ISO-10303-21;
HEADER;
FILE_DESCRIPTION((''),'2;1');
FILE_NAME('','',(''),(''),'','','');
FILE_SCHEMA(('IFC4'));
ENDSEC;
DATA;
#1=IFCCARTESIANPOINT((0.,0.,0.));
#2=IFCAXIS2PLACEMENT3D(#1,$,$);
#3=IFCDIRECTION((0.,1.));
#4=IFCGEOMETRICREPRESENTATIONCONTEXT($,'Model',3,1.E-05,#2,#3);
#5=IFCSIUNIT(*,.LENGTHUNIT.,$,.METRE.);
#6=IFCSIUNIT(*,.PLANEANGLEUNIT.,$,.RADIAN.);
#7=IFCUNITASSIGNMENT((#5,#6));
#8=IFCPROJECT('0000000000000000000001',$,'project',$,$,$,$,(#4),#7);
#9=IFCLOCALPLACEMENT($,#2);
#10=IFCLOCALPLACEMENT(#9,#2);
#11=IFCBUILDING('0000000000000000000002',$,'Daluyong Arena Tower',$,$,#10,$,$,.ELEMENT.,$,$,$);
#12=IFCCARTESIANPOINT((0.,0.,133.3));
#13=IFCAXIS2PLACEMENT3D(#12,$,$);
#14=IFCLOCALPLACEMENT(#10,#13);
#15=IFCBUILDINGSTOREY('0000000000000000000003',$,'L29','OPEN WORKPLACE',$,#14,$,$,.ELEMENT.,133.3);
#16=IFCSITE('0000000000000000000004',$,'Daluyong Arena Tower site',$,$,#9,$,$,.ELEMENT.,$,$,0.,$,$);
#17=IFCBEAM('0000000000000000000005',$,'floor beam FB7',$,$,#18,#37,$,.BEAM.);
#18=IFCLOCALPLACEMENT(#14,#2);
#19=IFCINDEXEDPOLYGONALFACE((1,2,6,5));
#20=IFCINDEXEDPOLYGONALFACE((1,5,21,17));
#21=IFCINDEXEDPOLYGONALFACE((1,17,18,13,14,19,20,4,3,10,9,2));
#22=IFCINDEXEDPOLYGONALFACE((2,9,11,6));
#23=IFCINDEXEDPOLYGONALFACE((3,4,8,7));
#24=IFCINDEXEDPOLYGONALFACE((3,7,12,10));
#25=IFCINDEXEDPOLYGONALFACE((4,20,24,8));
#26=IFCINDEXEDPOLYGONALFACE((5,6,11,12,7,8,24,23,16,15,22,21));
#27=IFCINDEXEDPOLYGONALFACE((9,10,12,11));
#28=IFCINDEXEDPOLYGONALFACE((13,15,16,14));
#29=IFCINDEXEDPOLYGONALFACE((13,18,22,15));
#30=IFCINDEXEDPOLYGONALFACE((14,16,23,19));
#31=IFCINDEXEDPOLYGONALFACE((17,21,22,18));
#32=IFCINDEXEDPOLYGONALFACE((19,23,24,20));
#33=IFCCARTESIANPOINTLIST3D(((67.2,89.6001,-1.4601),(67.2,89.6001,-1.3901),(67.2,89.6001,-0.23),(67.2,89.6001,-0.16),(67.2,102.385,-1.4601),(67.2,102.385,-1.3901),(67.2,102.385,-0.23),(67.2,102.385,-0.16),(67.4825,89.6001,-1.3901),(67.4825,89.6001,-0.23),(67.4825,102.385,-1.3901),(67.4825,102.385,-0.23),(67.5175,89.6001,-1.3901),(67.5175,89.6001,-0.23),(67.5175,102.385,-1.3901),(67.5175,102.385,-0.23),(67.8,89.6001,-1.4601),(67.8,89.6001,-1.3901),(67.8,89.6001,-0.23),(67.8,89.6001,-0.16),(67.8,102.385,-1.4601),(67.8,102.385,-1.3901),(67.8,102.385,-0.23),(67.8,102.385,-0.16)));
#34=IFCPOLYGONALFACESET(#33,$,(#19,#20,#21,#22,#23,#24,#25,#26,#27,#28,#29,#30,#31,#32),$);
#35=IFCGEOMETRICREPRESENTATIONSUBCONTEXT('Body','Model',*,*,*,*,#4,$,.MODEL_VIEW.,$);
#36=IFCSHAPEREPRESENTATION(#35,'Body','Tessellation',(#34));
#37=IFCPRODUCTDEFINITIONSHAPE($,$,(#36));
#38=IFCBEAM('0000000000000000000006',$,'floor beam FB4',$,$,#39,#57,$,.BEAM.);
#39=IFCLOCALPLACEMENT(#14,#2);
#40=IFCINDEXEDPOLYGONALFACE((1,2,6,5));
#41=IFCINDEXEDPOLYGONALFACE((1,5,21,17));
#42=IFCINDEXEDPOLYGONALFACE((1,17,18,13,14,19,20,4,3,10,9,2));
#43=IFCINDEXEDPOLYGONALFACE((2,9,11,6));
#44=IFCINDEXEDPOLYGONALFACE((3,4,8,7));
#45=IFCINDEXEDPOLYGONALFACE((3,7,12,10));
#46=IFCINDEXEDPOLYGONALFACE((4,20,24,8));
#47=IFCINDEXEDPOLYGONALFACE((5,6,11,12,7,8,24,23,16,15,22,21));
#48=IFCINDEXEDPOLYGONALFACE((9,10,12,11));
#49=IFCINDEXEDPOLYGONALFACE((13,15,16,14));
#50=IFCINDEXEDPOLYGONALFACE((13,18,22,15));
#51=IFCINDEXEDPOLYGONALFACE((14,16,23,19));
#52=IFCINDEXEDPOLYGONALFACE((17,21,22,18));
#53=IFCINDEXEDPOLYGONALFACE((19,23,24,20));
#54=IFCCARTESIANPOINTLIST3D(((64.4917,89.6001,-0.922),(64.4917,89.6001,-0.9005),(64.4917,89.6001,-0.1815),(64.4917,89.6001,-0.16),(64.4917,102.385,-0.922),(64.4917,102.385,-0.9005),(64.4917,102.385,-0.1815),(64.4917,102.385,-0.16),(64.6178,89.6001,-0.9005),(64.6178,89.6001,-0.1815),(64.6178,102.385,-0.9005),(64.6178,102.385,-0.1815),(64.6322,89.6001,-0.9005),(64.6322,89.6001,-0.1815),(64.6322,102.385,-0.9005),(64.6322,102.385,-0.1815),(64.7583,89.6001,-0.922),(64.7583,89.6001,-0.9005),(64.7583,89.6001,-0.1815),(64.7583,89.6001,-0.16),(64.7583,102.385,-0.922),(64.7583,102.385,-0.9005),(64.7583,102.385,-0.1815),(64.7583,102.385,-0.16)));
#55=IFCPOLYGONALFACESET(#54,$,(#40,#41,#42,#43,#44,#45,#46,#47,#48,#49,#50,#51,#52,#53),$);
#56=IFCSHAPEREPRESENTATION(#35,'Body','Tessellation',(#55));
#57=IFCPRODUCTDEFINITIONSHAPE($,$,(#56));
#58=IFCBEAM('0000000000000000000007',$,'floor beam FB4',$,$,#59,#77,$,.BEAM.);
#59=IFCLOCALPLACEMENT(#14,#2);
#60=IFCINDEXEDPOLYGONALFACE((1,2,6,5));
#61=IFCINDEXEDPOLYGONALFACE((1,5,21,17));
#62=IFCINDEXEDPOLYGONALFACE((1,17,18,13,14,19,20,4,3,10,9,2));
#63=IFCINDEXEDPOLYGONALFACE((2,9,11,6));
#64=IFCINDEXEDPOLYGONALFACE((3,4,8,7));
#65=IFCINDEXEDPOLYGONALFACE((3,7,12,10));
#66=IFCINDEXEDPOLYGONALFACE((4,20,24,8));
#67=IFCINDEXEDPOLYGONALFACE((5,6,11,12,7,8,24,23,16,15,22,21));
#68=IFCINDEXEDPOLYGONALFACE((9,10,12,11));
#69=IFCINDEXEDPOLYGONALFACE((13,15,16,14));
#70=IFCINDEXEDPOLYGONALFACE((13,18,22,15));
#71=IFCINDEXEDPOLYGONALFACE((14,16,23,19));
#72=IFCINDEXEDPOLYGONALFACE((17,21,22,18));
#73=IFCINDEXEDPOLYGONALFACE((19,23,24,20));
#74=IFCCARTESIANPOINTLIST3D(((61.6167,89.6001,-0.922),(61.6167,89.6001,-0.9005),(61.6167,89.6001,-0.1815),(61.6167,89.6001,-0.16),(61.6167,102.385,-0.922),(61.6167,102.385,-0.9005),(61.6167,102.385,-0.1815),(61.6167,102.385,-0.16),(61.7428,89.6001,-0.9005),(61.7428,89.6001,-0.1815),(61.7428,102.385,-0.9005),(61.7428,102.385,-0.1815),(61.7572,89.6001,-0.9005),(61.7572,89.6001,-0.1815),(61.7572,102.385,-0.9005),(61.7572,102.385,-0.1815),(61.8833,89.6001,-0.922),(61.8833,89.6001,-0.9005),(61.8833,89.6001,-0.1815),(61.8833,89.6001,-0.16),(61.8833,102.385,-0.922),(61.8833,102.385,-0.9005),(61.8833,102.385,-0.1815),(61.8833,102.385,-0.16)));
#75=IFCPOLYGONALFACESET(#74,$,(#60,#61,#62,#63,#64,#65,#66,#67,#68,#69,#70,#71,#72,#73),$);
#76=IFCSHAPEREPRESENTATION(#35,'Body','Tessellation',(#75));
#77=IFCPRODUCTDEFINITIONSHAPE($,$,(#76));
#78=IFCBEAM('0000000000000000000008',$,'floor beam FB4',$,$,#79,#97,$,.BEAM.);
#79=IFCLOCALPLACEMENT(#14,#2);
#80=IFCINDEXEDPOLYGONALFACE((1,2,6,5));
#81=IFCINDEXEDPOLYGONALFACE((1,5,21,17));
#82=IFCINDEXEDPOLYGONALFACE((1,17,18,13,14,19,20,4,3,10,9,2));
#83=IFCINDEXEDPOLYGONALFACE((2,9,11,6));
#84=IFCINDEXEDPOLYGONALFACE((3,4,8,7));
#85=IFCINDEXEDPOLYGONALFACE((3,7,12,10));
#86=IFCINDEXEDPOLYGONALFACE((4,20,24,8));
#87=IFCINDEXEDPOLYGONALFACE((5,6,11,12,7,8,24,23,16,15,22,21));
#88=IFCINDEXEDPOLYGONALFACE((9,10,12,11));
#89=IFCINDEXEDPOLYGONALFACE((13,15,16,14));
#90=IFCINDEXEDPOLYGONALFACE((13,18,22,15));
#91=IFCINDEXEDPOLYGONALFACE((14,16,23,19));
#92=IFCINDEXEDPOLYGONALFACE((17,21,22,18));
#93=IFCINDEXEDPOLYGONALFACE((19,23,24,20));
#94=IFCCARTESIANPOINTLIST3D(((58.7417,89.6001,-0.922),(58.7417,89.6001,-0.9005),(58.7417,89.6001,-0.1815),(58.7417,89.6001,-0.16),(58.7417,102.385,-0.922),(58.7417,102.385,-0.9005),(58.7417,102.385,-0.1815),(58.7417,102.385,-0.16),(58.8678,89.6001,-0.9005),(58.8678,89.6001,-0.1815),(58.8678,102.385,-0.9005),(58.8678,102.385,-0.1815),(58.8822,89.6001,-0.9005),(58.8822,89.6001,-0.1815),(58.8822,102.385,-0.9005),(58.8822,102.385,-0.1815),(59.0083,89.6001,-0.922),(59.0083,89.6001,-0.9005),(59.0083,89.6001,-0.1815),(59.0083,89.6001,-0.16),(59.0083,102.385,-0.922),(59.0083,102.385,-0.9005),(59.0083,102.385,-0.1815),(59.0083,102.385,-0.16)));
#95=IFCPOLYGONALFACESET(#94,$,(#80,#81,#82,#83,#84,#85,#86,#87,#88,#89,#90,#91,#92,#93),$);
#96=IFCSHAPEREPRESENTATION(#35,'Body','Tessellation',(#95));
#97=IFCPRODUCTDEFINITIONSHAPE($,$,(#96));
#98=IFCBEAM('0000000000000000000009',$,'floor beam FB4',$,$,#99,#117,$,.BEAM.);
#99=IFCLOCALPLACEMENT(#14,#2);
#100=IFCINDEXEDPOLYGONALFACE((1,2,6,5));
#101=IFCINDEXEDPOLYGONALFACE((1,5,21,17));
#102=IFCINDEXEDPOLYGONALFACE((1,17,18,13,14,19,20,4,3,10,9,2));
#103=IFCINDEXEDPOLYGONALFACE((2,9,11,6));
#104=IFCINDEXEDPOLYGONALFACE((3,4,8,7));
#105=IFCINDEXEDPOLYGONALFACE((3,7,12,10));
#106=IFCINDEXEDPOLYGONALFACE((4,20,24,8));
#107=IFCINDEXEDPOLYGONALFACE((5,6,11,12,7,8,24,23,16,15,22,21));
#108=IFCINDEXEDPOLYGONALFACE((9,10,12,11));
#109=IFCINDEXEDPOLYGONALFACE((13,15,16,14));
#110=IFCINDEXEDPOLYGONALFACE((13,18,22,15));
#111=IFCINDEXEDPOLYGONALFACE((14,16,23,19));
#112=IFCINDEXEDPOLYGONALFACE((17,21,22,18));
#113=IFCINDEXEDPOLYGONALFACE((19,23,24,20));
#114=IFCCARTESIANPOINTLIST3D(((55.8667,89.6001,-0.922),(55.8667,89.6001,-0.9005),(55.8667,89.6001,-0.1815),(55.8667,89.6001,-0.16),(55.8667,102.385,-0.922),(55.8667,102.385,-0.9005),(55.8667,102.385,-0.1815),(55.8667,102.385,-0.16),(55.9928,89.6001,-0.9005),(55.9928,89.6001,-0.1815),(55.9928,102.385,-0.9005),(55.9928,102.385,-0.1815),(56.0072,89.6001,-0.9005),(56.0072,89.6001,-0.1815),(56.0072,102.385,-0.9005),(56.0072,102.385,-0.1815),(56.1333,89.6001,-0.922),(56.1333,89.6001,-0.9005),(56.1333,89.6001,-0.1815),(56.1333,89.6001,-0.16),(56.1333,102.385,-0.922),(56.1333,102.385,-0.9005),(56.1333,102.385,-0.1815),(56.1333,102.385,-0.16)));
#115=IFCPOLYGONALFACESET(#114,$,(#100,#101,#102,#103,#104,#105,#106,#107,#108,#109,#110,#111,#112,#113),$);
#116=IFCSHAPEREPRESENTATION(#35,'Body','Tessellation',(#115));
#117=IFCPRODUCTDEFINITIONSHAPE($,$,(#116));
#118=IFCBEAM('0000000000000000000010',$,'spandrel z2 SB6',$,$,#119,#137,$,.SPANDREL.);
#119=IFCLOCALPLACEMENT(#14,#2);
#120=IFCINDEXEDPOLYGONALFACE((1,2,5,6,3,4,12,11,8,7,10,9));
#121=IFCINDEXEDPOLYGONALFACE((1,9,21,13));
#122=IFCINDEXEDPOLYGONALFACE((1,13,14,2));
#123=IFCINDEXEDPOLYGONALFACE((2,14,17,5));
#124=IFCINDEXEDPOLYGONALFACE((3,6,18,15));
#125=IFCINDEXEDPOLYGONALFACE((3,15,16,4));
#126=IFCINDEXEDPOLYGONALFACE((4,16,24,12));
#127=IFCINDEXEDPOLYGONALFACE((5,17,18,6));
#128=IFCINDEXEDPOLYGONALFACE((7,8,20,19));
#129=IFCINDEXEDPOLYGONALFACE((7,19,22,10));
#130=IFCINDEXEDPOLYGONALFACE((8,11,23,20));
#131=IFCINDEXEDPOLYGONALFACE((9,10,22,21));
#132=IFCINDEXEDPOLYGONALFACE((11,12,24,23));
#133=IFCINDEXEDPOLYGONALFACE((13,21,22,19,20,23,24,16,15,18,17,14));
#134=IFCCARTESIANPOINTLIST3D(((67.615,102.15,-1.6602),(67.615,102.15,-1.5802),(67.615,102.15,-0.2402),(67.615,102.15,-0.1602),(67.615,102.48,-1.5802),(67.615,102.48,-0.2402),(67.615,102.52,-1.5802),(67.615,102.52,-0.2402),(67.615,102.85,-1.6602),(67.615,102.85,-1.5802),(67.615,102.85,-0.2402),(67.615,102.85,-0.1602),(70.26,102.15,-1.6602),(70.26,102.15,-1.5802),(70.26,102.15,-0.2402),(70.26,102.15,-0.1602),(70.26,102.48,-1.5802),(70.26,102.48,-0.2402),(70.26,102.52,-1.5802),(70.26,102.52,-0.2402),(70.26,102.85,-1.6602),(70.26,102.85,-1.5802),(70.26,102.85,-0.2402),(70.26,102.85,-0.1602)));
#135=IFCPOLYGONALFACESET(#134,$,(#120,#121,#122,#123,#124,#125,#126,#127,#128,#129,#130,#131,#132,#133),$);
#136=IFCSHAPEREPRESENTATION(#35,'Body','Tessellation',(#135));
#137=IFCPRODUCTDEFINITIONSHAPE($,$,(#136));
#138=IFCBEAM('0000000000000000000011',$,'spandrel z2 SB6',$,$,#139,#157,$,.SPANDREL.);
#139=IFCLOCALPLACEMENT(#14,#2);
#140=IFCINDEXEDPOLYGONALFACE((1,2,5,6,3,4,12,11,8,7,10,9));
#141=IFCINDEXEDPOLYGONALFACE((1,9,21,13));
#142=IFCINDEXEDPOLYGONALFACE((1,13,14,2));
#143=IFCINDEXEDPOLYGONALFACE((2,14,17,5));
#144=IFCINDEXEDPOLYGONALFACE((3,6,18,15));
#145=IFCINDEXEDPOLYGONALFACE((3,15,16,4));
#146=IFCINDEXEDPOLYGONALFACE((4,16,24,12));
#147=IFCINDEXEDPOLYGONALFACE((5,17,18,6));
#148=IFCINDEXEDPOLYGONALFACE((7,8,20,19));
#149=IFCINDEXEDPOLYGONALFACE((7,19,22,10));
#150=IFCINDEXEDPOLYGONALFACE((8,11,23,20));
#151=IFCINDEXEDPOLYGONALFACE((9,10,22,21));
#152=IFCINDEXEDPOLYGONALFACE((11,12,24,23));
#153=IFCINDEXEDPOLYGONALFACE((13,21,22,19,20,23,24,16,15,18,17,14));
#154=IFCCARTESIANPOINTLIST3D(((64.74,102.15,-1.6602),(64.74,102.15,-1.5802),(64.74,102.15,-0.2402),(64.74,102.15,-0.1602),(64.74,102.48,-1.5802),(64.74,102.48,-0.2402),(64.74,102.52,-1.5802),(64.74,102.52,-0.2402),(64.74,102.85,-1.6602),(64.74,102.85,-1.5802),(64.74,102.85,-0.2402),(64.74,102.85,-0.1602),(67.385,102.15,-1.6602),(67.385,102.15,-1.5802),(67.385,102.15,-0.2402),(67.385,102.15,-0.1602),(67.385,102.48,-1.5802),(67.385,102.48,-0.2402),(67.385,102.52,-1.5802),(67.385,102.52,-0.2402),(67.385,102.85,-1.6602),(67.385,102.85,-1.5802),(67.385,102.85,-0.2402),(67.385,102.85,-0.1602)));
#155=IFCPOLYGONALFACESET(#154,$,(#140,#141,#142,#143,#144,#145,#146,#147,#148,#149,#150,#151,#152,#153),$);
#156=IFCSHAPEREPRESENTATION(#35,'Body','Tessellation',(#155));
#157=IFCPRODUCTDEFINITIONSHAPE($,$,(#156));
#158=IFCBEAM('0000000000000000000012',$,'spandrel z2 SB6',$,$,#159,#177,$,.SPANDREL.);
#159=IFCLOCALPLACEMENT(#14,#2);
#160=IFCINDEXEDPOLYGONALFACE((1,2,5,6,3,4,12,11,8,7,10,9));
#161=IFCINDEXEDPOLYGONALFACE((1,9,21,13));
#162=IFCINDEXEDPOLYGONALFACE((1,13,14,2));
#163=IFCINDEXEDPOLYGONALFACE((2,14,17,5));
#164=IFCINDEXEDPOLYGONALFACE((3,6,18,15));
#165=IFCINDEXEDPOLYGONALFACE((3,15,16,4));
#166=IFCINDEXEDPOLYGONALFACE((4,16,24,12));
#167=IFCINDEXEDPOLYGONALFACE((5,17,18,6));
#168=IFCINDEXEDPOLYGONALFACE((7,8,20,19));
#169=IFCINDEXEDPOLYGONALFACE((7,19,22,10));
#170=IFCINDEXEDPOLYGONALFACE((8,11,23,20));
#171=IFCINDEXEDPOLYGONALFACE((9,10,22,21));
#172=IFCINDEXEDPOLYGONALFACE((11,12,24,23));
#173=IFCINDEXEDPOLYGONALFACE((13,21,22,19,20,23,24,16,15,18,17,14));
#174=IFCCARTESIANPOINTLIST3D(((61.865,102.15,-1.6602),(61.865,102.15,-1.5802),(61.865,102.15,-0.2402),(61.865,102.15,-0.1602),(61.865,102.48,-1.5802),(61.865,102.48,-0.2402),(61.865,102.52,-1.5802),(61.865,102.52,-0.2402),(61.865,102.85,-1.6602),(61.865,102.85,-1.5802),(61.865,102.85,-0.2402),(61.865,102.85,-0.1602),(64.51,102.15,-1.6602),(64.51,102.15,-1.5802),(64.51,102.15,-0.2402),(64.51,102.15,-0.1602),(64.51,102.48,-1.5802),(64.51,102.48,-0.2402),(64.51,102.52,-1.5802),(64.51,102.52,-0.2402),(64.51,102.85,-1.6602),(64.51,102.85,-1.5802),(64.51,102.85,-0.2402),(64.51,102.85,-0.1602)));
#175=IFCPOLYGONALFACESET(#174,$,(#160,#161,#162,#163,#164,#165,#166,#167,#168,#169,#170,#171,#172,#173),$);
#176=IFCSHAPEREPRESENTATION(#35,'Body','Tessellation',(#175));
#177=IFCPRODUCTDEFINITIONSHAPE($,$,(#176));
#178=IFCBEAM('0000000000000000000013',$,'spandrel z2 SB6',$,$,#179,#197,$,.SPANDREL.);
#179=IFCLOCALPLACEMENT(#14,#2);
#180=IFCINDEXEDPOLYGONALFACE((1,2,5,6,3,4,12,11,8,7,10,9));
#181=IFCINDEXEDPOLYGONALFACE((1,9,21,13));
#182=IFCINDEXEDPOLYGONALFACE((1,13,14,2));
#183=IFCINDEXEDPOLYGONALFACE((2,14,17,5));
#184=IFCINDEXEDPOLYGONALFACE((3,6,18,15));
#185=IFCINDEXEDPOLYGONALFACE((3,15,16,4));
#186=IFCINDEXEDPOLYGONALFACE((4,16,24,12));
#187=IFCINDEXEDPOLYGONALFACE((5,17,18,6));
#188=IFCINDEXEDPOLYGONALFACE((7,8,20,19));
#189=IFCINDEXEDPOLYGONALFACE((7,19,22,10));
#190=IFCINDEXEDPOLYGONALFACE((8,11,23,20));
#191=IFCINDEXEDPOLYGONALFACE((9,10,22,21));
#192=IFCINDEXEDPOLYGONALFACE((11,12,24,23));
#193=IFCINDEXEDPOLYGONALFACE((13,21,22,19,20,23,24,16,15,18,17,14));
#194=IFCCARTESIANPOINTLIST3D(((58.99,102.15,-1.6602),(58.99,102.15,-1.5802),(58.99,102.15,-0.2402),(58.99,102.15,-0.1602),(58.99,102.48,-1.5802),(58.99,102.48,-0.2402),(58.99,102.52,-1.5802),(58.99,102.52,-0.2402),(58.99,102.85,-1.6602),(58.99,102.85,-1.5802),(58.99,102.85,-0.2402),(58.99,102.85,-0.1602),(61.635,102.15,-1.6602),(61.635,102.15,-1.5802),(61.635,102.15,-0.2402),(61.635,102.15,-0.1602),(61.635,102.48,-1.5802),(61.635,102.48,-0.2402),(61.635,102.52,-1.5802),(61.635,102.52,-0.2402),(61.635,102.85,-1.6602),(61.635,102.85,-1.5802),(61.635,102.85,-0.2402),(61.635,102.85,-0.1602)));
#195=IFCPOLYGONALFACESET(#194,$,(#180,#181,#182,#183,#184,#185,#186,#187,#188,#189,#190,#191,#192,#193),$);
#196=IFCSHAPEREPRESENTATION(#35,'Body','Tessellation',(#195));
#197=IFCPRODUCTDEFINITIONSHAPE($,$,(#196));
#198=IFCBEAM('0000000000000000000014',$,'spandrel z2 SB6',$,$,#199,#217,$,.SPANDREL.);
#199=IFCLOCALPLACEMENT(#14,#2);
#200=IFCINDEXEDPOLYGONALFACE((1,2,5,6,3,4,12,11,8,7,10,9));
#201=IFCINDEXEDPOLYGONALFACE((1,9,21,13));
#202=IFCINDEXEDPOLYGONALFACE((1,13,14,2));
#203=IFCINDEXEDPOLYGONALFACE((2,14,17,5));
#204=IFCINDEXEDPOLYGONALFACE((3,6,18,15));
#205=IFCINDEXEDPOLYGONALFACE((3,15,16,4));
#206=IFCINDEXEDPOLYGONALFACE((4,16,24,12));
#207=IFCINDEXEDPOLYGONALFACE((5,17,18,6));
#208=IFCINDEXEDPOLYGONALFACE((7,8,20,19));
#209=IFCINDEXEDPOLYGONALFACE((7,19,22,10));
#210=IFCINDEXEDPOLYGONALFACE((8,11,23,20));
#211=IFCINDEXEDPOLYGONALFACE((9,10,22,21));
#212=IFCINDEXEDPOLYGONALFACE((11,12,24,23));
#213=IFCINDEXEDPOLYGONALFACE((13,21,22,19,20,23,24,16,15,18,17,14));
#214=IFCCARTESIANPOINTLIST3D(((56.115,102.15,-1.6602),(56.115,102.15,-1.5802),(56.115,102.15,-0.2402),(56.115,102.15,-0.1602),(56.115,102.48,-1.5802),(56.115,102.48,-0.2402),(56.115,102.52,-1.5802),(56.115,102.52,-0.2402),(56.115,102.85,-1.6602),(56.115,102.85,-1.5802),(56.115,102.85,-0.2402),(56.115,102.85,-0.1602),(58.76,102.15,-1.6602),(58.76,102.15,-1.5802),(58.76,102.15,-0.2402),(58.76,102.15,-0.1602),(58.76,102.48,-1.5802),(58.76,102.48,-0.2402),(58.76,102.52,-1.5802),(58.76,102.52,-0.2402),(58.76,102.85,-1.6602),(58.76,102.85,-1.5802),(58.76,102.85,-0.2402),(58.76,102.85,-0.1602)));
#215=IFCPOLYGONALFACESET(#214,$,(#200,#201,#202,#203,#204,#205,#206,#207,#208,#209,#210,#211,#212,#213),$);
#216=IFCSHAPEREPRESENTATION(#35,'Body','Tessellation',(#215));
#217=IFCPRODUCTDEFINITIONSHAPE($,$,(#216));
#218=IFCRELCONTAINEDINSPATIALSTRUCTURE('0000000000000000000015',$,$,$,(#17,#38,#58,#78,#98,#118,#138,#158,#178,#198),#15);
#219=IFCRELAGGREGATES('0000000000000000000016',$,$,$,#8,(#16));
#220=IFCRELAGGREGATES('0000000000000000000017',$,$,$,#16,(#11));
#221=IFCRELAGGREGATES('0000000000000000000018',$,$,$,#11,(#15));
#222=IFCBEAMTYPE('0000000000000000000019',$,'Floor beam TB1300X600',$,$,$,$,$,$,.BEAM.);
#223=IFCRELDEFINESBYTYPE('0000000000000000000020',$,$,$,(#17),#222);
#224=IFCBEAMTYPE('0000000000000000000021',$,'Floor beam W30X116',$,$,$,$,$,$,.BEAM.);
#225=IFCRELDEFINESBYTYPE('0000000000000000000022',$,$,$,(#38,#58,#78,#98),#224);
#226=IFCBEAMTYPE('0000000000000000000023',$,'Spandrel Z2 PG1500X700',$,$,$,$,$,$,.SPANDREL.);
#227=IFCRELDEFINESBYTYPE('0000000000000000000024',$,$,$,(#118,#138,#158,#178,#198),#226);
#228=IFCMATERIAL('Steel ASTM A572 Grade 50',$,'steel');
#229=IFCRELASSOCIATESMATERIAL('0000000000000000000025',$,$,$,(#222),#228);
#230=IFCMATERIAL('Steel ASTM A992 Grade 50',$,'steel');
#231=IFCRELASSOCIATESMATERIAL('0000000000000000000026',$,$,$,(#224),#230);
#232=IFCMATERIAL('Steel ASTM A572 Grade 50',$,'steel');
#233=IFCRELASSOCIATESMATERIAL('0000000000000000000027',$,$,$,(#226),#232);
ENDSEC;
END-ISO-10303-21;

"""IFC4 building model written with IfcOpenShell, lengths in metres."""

from ifc_helpers import new_model, si_unit, direction, frame, origin, origin_2d, place, context, subcontext, project, spatial, i_section, extrude, material, material_profile, profile_set, type_object, element, save


model = new_model("IFC4")

# Units and contexts
model_context = context("Model", 3, precision=1e-05, world=origin(), true_north=direction((0.0, 1.0)))
body_context = subcontext(model_context, "Body", "Model", "MODEL_VIEW")
ifc_project = project(units=[si_unit("LENGTHUNIT", "METRE"), si_unit("PLANEANGLEUNIT", "RADIAN")], contexts=[model_context])

# Site, building, storey
site_placement = place(None, origin())
site = spatial("IfcSite", under=ifc_project, at=site_placement, Name="Daluyong Arena Tower site", CompositionType="ELEMENT", RefElevation=0.0)
building_placement = place(site_placement, origin())
building = spatial("IfcBuilding", under=site, at=building_placement, Name="Daluyong Arena Tower", CompositionType="ELEMENT")
storey_placement = place(building_placement, frame((0.0, 0.0, 133.3)))
storey = spatial("IfcBuildingStorey", under=building, at=storey_placement, Name="L29", Description="OPEN WORKPLACE", CompositionType="ELEMENT", Elevation=133.3)

# Beams
ifc_material_1 = material(Name="Steel ASTM A572 Grade 50", Category="steel")
ifc_material_profile_1 = material_profile(ifc_material_1, i_section(OverallWidth=0.6001, OverallDepth=1.3, WebThickness=0.035, FlangeThickness=0.07, at=origin_2d()))
ifc_profile_set_1 = profile_set([ifc_material_profile_1], Name="Steel ASTM A572 Grade 50")
beam_type_1 = type_object("IfcBeamType", Name="Floor beam TB1300X600", PredefinedType="BEAM", material=ifc_profile_set_1)
beam_placement = place(storey_placement, frame((67.5, 102.385, -0.8101), z_axis=(0.0, -1.0, 0.0), x_axis=(1.0, 0.0, 0.0)))
element("IfcBeam", 1, at=beam_placement, inside=storey, type_object=beam_type_1, Name="floor beam FB7", PredefinedType="BEAM", context=body_context, shape_type="SweptSolid", body=[
    extrude(i_section(OverallWidth=0.6001, OverallDepth=1.3, WebThickness=0.035, FlangeThickness=0.07, at=origin_2d()), origin(), (0.0, 0.0, 1.0), 12.7849),
])
ifc_material_2 = material(Name="Steel ASTM A992 Grade 50", Category="steel")
ifc_material_profile_2 = material_profile(ifc_material_2, i_section(OverallWidth=0.2666, OverallDepth=0.762, WebThickness=0.0144, FlangeThickness=0.0215, at=origin_2d()))
ifc_profile_set_2 = profile_set([ifc_material_profile_2], Name="Steel ASTM A992 Grade 50")
beam_type_2 = type_object("IfcBeamType", Name="Floor beam W30X116", PredefinedType="BEAM", material=ifc_profile_set_2)
for number, where, z_axis, x_axis, name in (
    (2, (64.625, 102.385, -0.541), (0.0, -1.0, 0.0), (1.0, 0.0, 0.0), "floor beam FB4"),
    (3, (61.75, 102.385, -0.541), (0.0, -1.0, 0.0), (1.0, 0.0, 0.0), "floor beam FB4"),
    (4, (58.875, 102.385, -0.541), (0.0, -1.0, 0.0), (1.0, 0.0, 0.0), "floor beam FB4"),
    (5, (56.0, 102.385, -0.541), (0.0, -1.0, 0.0), (1.0, 0.0, 0.0), "floor beam FB4"),
):
    element("IfcBeam", number, at=place(storey_placement, frame(where, z_axis=z_axis, x_axis=x_axis)), inside=storey, type_object=beam_type_2, Name=name, PredefinedType="BEAM", context=body_context, shape_type="SweptSolid", body=[
        extrude(i_section(OverallWidth=0.2666, OverallDepth=0.762, WebThickness=0.0144, FlangeThickness=0.0215, at=origin_2d()), origin(), (0.0, 0.0, 1.0), 12.7849),
    ])
ifc_material_3 = material(Name="Steel ASTM A572 Grade 50", Category="steel")
ifc_material_profile_3 = material_profile(ifc_material_3, i_section(OverallWidth=0.7, OverallDepth=1.5, WebThickness=0.04, FlangeThickness=0.08, at=origin_2d()))
ifc_profile_set_3 = profile_set([ifc_material_profile_3], Name="Steel ASTM A572 Grade 50")
beam_type_3 = type_object("IfcBeamType", Name="Spandrel Z2 PG1500X700", PredefinedType="SPANDREL", material=ifc_profile_set_3)
for number, where, z_axis, x_axis, name in (
    (6, (70.26, 102.5, -0.9102), (-1.0, 0.0, 0.0), (0.0, -1.0, 0.0), "spandrel z2 SB6"),
    (7, (67.385, 102.5, -0.9102), (-1.0, 0.0, 0.0), (0.0, -1.0, 0.0), "spandrel z2 SB6"),
    (8, (64.51, 102.5, -0.9102), (-1.0, 0.0, 0.0), (0.0, -1.0, 0.0), "spandrel z2 SB6"),
    (9, (61.635, 102.5, -0.9102), (-1.0, 0.0, 0.0), (0.0, -1.0, 0.0), "spandrel z2 SB6"),
    (10, (58.76, 102.5, -0.9102), (-1.0, 0.0, 0.0), (0.0, -1.0, 0.0), "spandrel z2 SB6"),
):
    element("IfcBeam", number, at=place(storey_placement, frame(where, z_axis=z_axis, x_axis=x_axis)), inside=storey, type_object=beam_type_3, Name=name, PredefinedType="SPANDREL", context=body_context, shape_type="SweptSolid", body=[
        extrude(i_section(OverallWidth=0.7, OverallDepth=1.5, WebThickness=0.04, FlangeThickness=0.08, at=origin_2d()), origin(), (0.0, 0.0, 1.0), 2.645),
    ])

save(model, "model.ifc")
